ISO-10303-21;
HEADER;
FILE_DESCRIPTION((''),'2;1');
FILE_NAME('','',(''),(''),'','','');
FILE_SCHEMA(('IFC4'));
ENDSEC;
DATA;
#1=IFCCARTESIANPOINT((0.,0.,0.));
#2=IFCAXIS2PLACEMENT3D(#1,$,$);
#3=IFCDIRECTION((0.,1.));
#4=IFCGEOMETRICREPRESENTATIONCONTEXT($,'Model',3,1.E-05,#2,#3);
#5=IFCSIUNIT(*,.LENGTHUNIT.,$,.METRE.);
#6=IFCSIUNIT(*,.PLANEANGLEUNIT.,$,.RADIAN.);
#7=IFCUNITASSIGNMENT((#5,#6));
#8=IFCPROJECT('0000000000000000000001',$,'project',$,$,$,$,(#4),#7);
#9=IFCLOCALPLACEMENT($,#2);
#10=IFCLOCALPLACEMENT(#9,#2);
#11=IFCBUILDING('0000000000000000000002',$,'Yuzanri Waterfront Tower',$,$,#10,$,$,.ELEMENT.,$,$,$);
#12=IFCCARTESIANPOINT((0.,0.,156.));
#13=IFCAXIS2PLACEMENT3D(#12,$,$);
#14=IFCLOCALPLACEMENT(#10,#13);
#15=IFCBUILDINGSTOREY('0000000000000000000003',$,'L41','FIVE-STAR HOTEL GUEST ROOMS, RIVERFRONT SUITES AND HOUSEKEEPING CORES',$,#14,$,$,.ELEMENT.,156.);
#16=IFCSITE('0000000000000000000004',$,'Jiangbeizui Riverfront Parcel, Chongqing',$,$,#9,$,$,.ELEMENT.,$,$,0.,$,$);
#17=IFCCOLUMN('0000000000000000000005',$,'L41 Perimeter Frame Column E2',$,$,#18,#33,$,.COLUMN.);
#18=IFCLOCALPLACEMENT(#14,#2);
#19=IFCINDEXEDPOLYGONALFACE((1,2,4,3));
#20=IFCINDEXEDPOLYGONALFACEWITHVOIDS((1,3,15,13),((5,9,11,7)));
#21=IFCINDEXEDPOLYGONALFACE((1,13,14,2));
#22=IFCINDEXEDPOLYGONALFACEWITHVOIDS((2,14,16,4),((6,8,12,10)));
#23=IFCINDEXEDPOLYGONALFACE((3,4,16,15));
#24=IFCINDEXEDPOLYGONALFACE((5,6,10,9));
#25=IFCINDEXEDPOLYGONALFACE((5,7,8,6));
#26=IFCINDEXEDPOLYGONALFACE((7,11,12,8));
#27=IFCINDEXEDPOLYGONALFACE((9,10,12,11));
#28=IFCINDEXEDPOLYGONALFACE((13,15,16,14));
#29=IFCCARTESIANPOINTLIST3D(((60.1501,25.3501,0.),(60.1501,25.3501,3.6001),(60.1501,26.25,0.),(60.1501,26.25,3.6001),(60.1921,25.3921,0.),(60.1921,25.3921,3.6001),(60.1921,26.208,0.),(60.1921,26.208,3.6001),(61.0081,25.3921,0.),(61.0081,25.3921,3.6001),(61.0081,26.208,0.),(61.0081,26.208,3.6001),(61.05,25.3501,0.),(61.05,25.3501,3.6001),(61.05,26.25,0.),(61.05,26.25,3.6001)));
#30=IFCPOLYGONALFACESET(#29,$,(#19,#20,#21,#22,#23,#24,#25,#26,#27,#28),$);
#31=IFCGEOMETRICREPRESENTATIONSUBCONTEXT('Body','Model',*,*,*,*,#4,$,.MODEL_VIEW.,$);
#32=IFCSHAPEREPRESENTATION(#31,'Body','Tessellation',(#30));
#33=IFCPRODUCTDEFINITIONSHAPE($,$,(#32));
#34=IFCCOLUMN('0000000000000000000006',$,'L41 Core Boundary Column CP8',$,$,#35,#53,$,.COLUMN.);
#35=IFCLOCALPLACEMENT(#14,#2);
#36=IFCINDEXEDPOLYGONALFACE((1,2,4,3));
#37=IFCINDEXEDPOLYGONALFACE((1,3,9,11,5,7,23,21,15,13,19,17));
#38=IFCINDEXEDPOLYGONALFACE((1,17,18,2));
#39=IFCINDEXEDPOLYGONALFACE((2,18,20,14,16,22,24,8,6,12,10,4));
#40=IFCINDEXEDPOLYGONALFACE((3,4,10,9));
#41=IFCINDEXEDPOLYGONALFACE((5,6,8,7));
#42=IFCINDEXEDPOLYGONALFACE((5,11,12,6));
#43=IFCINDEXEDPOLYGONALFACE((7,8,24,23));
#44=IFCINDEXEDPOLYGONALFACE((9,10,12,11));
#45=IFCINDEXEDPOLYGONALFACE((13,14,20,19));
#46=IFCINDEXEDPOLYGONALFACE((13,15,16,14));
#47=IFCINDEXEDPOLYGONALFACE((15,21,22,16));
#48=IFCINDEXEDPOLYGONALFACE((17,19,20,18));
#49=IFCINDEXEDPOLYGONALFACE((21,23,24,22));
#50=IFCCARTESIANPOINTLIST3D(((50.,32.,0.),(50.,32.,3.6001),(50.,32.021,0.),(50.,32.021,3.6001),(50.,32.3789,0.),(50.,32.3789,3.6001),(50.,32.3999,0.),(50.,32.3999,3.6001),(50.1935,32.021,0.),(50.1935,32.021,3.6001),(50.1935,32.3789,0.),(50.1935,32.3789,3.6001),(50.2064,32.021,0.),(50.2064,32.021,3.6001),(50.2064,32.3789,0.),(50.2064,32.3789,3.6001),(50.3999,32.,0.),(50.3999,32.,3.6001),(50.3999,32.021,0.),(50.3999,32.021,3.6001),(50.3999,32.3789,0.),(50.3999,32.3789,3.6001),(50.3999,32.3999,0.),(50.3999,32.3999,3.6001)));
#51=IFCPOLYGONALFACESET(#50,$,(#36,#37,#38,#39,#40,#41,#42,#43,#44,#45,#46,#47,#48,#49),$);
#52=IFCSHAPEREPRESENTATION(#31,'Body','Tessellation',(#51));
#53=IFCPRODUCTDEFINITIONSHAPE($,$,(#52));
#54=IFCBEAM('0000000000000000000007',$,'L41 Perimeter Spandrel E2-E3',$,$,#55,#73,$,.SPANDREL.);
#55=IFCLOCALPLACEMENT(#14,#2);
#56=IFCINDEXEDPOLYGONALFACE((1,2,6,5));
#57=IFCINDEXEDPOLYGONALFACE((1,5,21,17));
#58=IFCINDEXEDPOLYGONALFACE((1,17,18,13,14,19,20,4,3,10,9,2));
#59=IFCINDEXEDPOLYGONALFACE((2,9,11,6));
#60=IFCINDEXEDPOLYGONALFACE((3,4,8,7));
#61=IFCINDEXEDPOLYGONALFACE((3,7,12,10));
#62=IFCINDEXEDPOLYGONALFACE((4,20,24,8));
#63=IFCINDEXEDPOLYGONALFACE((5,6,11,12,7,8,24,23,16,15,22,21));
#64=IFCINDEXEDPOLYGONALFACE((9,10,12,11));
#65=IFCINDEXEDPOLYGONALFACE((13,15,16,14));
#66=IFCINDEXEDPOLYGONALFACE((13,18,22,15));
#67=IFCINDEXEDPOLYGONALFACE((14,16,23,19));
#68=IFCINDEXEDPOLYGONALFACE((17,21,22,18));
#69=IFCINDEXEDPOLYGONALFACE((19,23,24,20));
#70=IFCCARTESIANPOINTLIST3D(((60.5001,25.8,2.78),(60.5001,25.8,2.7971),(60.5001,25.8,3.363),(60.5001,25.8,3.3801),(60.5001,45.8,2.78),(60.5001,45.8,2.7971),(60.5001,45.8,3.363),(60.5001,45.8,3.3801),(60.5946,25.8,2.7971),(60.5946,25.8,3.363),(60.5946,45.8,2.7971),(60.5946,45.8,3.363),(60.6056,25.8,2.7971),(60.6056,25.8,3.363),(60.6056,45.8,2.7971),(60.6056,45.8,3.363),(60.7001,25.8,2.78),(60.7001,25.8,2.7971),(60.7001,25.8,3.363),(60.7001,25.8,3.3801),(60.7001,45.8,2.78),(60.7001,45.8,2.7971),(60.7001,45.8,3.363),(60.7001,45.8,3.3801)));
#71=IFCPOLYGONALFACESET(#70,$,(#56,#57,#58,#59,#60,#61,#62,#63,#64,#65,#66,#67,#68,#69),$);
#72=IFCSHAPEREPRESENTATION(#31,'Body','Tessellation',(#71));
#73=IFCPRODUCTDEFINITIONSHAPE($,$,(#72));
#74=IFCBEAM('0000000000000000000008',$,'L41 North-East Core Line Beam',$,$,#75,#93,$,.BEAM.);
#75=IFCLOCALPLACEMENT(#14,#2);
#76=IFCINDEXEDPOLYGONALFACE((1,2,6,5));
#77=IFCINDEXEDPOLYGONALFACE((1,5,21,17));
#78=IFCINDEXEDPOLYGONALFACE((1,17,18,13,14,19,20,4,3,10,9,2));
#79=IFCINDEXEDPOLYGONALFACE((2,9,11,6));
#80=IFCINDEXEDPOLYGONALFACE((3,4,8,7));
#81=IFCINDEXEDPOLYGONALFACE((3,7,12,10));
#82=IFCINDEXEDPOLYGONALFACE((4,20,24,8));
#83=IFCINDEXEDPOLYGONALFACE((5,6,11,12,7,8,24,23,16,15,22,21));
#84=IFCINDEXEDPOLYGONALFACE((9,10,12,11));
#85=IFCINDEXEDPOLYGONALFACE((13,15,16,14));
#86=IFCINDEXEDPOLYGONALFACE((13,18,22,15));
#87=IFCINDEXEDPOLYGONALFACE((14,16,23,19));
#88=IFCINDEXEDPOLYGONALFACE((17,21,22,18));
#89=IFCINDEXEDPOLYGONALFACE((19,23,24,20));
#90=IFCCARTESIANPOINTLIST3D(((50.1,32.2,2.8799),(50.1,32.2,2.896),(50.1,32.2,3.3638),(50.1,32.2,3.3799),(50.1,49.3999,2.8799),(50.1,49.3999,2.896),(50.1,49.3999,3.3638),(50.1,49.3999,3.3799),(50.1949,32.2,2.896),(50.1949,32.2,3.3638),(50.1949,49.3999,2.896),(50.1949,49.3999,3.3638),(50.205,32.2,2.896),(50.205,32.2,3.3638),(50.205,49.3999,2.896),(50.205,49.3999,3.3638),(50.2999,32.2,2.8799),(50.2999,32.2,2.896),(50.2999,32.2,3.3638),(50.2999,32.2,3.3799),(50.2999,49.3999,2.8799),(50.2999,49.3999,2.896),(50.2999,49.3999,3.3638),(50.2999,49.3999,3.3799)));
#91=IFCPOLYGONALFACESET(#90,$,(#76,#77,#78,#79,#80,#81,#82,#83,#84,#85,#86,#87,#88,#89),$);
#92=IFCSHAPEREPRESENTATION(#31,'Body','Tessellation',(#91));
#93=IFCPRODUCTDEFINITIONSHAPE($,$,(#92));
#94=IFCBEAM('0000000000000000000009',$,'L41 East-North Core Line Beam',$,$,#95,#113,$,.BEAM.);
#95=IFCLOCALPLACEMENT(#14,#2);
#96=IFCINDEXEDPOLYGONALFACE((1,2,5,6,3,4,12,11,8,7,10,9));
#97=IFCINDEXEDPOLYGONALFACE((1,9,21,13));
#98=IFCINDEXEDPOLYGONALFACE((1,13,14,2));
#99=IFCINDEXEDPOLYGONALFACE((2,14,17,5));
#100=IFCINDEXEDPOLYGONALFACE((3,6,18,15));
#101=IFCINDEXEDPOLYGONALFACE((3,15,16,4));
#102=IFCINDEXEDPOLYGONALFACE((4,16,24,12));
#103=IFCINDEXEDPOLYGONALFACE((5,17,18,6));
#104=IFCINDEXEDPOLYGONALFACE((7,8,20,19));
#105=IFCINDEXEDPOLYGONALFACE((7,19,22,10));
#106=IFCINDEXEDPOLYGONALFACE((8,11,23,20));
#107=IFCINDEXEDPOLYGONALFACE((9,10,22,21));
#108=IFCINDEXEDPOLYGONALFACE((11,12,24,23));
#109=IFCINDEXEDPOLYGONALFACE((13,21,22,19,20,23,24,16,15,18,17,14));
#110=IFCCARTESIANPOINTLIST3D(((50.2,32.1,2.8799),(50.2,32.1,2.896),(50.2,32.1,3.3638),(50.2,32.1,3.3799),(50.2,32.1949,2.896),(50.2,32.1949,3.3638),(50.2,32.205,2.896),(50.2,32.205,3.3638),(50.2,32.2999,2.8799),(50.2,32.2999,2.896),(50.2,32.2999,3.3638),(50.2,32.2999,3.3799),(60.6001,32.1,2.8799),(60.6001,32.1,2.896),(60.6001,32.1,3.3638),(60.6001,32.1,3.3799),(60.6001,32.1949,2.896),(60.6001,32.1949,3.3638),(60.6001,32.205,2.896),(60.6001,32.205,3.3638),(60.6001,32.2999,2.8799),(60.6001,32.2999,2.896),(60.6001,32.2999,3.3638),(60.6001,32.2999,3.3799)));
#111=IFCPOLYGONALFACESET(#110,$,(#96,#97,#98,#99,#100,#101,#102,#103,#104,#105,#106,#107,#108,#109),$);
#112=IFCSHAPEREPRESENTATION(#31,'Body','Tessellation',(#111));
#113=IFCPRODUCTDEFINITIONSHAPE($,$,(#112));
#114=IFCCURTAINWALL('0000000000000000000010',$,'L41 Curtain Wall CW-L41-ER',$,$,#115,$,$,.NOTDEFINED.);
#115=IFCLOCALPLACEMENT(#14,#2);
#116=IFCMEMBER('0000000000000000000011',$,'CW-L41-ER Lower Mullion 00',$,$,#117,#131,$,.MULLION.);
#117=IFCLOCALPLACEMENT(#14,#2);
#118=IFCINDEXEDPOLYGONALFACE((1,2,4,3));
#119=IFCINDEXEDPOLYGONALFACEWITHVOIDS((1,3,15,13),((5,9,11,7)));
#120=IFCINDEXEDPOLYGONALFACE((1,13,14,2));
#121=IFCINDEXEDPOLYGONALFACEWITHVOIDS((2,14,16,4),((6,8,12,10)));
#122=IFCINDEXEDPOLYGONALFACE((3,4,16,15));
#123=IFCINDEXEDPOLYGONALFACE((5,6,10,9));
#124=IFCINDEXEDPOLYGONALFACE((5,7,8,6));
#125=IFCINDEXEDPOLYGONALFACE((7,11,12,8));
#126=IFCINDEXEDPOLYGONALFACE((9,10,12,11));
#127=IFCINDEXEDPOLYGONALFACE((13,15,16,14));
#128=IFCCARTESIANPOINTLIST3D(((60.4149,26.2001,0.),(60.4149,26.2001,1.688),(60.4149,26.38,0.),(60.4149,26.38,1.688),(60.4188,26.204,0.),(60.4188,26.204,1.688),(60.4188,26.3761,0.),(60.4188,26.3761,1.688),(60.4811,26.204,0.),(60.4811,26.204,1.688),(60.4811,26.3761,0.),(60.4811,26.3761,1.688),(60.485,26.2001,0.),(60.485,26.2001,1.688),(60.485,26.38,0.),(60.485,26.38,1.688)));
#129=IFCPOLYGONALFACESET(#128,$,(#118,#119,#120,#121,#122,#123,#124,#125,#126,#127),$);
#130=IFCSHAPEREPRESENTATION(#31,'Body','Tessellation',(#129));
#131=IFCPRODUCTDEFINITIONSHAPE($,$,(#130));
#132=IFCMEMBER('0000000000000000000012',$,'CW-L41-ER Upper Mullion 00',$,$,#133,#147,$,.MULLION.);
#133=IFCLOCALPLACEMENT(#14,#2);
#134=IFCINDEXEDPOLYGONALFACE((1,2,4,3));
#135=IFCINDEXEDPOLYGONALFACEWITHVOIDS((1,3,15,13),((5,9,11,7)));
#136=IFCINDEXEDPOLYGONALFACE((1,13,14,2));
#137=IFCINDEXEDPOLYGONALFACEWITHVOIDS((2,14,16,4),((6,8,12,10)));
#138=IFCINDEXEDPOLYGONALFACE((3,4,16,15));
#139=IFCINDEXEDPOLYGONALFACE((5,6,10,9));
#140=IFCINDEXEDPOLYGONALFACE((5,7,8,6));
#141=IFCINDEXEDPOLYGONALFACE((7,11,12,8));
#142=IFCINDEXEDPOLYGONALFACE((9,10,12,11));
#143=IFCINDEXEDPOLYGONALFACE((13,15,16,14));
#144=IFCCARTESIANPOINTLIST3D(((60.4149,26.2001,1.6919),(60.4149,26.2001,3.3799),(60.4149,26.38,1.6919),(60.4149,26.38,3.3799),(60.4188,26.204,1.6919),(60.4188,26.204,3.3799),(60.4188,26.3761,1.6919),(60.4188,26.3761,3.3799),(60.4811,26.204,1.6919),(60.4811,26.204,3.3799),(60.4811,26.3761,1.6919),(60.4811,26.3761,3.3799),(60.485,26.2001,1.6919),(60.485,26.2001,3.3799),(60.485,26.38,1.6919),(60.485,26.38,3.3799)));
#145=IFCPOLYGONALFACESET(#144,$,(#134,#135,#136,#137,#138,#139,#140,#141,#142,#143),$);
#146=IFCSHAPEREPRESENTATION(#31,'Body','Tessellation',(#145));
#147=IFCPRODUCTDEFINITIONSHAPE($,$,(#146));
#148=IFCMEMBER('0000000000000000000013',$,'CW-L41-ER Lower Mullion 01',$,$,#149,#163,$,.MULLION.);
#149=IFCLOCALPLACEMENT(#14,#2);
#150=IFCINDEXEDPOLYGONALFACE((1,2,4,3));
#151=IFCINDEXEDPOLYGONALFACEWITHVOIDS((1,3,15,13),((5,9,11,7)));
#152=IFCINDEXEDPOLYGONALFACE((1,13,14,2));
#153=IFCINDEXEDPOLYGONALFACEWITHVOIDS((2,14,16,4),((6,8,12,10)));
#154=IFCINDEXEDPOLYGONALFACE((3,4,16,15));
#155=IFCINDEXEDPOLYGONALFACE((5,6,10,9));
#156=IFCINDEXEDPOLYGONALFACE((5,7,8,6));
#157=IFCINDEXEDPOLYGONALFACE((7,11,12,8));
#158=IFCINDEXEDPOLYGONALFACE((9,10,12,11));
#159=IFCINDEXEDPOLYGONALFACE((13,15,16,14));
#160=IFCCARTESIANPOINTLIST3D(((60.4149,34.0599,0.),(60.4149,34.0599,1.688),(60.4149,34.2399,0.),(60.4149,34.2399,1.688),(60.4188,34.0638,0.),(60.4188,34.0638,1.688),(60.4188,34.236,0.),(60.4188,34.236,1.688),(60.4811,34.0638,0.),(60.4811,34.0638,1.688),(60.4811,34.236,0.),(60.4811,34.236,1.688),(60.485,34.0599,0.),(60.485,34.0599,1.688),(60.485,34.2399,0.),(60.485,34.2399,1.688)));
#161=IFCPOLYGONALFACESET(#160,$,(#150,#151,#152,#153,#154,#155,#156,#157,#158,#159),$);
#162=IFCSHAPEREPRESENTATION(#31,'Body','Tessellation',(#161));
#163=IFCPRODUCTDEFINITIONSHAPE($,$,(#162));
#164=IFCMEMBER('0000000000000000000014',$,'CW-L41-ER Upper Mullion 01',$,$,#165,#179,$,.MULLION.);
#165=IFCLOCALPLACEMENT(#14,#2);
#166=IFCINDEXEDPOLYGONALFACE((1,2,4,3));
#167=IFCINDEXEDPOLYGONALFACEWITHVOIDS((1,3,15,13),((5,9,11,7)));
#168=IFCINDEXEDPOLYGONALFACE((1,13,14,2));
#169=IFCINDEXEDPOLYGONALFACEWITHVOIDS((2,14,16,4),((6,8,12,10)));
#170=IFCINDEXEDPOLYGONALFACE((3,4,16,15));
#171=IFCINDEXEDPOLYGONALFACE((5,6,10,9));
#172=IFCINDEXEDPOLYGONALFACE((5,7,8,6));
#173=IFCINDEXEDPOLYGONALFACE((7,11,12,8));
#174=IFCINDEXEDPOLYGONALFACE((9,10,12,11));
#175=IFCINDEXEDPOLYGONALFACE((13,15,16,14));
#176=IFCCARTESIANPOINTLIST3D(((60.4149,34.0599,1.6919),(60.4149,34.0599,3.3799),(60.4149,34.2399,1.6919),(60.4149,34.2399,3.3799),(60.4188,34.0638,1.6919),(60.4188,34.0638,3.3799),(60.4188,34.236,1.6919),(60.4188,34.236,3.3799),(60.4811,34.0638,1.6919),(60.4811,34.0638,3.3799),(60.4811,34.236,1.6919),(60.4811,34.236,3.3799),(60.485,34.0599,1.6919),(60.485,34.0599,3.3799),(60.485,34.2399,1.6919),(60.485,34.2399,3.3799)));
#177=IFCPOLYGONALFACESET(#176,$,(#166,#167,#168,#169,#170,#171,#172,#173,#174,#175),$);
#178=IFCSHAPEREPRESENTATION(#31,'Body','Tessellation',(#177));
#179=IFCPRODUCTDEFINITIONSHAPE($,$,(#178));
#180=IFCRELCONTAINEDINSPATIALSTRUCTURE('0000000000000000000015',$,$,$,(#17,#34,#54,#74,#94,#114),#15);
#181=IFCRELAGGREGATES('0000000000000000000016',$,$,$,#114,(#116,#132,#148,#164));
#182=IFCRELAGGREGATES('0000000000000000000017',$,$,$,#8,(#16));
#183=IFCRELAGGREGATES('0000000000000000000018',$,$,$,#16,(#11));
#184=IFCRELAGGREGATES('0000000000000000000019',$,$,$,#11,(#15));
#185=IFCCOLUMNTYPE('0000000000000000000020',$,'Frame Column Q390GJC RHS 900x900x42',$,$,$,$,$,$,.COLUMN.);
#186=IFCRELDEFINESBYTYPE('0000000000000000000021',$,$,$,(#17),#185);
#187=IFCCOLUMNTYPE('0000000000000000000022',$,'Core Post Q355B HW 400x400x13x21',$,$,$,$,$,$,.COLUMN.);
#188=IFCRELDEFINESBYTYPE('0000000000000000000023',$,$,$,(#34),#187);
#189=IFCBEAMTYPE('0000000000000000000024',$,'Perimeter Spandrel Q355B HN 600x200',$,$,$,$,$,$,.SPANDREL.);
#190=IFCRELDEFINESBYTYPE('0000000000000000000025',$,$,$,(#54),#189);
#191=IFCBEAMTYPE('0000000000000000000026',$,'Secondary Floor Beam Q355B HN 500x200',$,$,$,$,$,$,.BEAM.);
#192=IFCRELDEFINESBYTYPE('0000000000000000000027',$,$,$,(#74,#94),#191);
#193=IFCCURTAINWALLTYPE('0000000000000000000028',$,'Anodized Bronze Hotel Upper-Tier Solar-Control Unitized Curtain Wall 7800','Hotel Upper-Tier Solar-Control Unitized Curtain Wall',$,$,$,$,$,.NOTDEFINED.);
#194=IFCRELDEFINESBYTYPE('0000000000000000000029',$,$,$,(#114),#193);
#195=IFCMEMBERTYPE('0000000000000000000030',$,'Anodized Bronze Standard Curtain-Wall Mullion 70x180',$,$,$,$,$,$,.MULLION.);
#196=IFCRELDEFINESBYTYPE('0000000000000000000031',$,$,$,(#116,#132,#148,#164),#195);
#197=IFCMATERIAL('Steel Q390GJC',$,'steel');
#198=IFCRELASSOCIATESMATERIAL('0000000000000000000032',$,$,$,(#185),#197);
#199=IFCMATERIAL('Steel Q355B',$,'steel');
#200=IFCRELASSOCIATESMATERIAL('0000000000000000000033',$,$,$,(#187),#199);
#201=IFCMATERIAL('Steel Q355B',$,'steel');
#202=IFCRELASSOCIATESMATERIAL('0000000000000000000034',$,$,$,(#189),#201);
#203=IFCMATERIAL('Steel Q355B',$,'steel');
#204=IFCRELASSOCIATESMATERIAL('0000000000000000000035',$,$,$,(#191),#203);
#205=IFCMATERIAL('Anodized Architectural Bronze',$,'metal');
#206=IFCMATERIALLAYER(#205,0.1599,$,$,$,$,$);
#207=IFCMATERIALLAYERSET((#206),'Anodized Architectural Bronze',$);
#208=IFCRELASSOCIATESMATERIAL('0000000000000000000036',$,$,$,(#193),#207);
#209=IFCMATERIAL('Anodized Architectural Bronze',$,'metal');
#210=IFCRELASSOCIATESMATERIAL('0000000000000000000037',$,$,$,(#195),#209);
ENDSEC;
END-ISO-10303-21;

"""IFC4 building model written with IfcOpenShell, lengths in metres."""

from ifc_helpers import new_model, si_unit, direction, frame, origin, origin_2d, place, context, subcontext, project, spatial, hollow_rectangle, i_section, extrude, source, transform, mapped, material, layer, layer_set, material_profile, profile_set, type_object, element, aggregate, save


model = new_model("IFC4")

# Units and contexts
model_context = context("Model", 3, precision=1e-05, world=origin(), true_north=direction((0.0, 1.0)))
body_context = subcontext(model_context, "Body", "Model", "MODEL_VIEW")
ifc_project = project(units=[si_unit("LENGTHUNIT", "METRE"), si_unit("PLANEANGLEUNIT", "RADIAN")], contexts=[model_context])

# Site, building, storey
site_placement = place(None, origin())
site = spatial("IfcSite", under=ifc_project, at=site_placement, Name="Jiangbeizui Riverfront Parcel, Chongqing", CompositionType="ELEMENT", RefElevation=0.0)
building_placement = place(site_placement, origin())
building = spatial("IfcBuilding", under=site, at=building_placement, Name="Yuzanri Waterfront Tower", CompositionType="ELEMENT")
storey_placement = place(building_placement, frame((0.0, 0.0, 156.0)))
storey = spatial("IfcBuildingStorey", under=building, at=storey_placement, Name="L41", Description="FIVE-STAR HOTEL GUEST ROOMS, RIVERFRONT SUITES AND HOUSEKEEPING CORES", CompositionType="ELEMENT", Elevation=156.0)

# Columns
ifc_material_1 = material(Name="Steel Q390GJC", Category="steel")
ifc_material_profile_1 = material_profile(ifc_material_1, hollow_rectangle(XDim=0.8999, YDim=0.8999, WallThickness=0.042, at=origin_2d()), Name="RHS 900x900x42")
ifc_profile_set_1 = profile_set([ifc_material_profile_1], Name="Steel Q390GJC")
column_type_1 = type_object("IfcColumnType", Name="Frame Column Q390GJC RHS 900x900x42", PredefinedType="COLUMN", material=ifc_profile_set_1)
shared_shape_1 = source(origin(), body_context, "Body", "SweptSolid", [
    extrude(hollow_rectangle(XDim=0.8999, YDim=0.8999, WallThickness=0.042, at=origin_2d()), origin(), (0.0, 0.0, 1.0), 3.6001),
])
column_1_placement = place(storey_placement, frame((60.6001, 25.8, 0.0), z_axis=(0.0, 0.0, 1.0), x_axis=(1.0, 0.0, 0.0)))
element("IfcColumn", 1, at=column_1_placement, inside=storey, type_object=column_type_1, Name="L41 Perimeter Frame Column E2", PredefinedType="COLUMN", context=body_context, shape_type="MappedRepresentation", body=[
    mapped(shared_shape_1, transform((0.0, 0.0, 0.0), scale=1.0)),
])
ifc_material_2 = material(Name="Steel Q355B", Category="steel")
ifc_material_profile_2 = material_profile(ifc_material_2, i_section(OverallWidth=0.3999, OverallDepth=0.3999, WebThickness=0.0129, FlangeThickness=0.021, at=origin_2d()), Name="HW 400x400x13x21")
ifc_profile_set_2 = profile_set([ifc_material_profile_2], Name="Steel Q355B")
column_type_2 = type_object("IfcColumnType", Name="Core Post Q355B HW 400x400x13x21", PredefinedType="COLUMN", material=ifc_profile_set_2)
shared_shape_2 = source(origin(), body_context, "Body", "SweptSolid", [
    extrude(i_section(OverallWidth=0.3999, OverallDepth=0.3999, WebThickness=0.0129, FlangeThickness=0.021, at=origin_2d()), origin(), (0.0, 0.0, 1.0), 3.6001),
])
column_2_placement = place(storey_placement, frame((50.2, 32.2, 0.0), z_axis=(0.0, 0.0, 1.0), x_axis=(1.0, 0.0, 0.0)))
element("IfcColumn", 2, at=column_2_placement, inside=storey, type_object=column_type_2, Name="L41 Core Boundary Column CP8", PredefinedType="COLUMN", context=body_context, shape_type="MappedRepresentation", body=[
    mapped(shared_shape_2, transform((0.0, 0.0, 0.0), scale=1.0)),
])

# Beams
ifc_material_3 = material(Name="Steel Q355B", Category="steel")
ifc_material_profile_3 = material_profile(ifc_material_3, i_section(OverallWidth=0.2, OverallDepth=0.6001, WebThickness=0.011, FlangeThickness=0.0171, at=origin_2d()), Name="HN 600x200x11x17")
ifc_profile_set_3 = profile_set([ifc_material_profile_3], Name="Steel Q355B")
beam_type_1 = type_object("IfcBeamType", Name="Perimeter Spandrel Q355B HN 600x200", PredefinedType="SPANDREL", material=ifc_profile_set_3)
shared_shape_3 = source(origin(), body_context, "Body", "SweptSolid", [
    extrude(i_section(OverallWidth=0.2, OverallDepth=0.6001, WebThickness=0.011, FlangeThickness=0.0171, at=origin_2d()), origin(), (0.0, 0.0, 1.0), 20.0),
])
beam_1_placement = place(storey_placement, frame((60.6001, 25.8, 3.0801), z_axis=(0.0, 1.0, 0.0), x_axis=(-1.0, 0.0, 0.0)))
element("IfcBeam", 3, at=beam_1_placement, inside=storey, type_object=beam_type_1, Name="L41 Perimeter Spandrel E2-E3", PredefinedType="SPANDREL", context=body_context, shape_type="MappedRepresentation", body=[
    mapped(shared_shape_3, transform((0.0, 0.0, 0.0), scale=1.0)),
])
ifc_material_4 = material(Name="Steel Q355B", Category="steel")
ifc_material_profile_4 = material_profile(ifc_material_4, i_section(OverallWidth=0.2, OverallDepth=0.5, WebThickness=0.01, FlangeThickness=0.0161, at=origin_2d()), Name="HN 500x200x10x16")
ifc_profile_set_4 = profile_set([ifc_material_profile_4], Name="Steel Q355B")
beam_type_2 = type_object("IfcBeamType", Name="Secondary Floor Beam Q355B HN 500x200", PredefinedType="BEAM", material=ifc_profile_set_4)
shared_shape_4 = source(origin(), body_context, "Body", "SweptSolid", [
    extrude(i_section(OverallWidth=0.2, OverallDepth=0.5, WebThickness=0.01, FlangeThickness=0.0161, at=origin_2d()), origin(), (0.0, 0.0, 1.0), 17.2),
])
beam_2_placement = place(storey_placement, frame((50.2, 32.2, 3.1299), z_axis=(0.0, 1.0, 0.0), x_axis=(-1.0, 0.0, 0.0)))
element("IfcBeam", 4, at=beam_2_placement, inside=storey, type_object=beam_type_2, Name="L41 North-East Core Line Beam", PredefinedType="BEAM", context=body_context, shape_type="MappedRepresentation", body=[
    mapped(shared_shape_4, transform((0.0, 0.0, 0.0), scale=1.0)),
])
shared_shape_5 = source(origin(), body_context, "Body", "SweptSolid", [
    extrude(i_section(OverallWidth=0.2, OverallDepth=0.5, WebThickness=0.01, FlangeThickness=0.0161, at=origin_2d()), origin(), (0.0, 0.0, 1.0), 10.4001),
])
beam_3_placement = place(storey_placement, frame((50.2, 32.2, 3.1299), z_axis=(1.0, 0.0, 0.0), x_axis=(0.0, 1.0, 0.0)))
element("IfcBeam", 5, at=beam_3_placement, inside=storey, type_object=beam_type_2, Name="L41 East-North Core Line Beam", PredefinedType="BEAM", context=body_context, shape_type="MappedRepresentation", body=[
    mapped(shared_shape_5, transform((0.0, 0.0, 0.0), scale=1.0)),
])

# Curtain wall, members
ifc_material_5 = material(Name="Anodized Architectural Bronze", Category="metal")
ifc_layer_1 = layer(ifc_material_5, 0.1599)
ifc_layer_set_1 = layer_set([ifc_layer_1], Name="Anodized Architectural Bronze")
curtain_wall_type = type_object("IfcCurtainWallType", Name="Anodized Bronze Hotel Upper-Tier Solar-Control Unitized Curtain Wall 7800", Description="Hotel Upper-Tier Solar-Control Unitized Curtain Wall", PredefinedType="NOTDEFINED", material=ifc_layer_set_1)
curtain_wall_placement = place(storey_placement, origin())
curtain_wall = element("IfcCurtainWall", 6, at=curtain_wall_placement, inside=storey, type_object=curtain_wall_type, Name="L41 Curtain Wall CW-L41-ER", PredefinedType="NOTDEFINED")
ifc_material_6 = material(Name="Anodized Architectural Bronze", Category="metal")
ifc_material_profile_5 = material_profile(ifc_material_6, hollow_rectangle(XDim=0.0701, YDim=0.1799, WallThickness=0.0039, at=origin_2d()), Name="CWM 70x180")
ifc_profile_set_5 = profile_set([ifc_material_profile_5], Name="Anodized Architectural Bronze")
member_type_1 = type_object("IfcMemberType", Name="Anodized Bronze Standard Curtain-Wall Mullion 70x180", PredefinedType="MULLION", material=ifc_profile_set_5)
shared_shape_6 = source(origin(), body_context, "Body", "SweptSolid", [
    extrude(hollow_rectangle(XDim=0.0701, YDim=0.1799, WallThickness=0.0039, at=origin_2d()), origin(), (0.0, 0.0, 1.0), 1.688),
])
member_1_placement = place(storey_placement, frame((60.45, 26.29, 0.0), z_axis=(0.0, 0.0, 1.0), x_axis=(1.0, 0.0, 0.0)))
member_1 = element("IfcMember", 7, at=member_1_placement, type_object=member_type_1, Name="CW-L41-ER Lower Mullion 00", PredefinedType="MULLION", context=body_context, shape_type="MappedRepresentation", body=[
    mapped(shared_shape_6, transform((0.0, 0.0, 0.0), scale=1.0)),
])
member_2_placement = place(storey_placement, frame((60.45, 26.29, 1.6919), z_axis=(0.0, 0.0, 1.0), x_axis=(1.0, 0.0, 0.0)))
member_2 = element("IfcMember", 8, at=member_2_placement, type_object=member_type_1, Name="CW-L41-ER Upper Mullion 00", PredefinedType="MULLION", context=body_context, shape_type="MappedRepresentation", body=[
    mapped(shared_shape_6, transform((0.0, 0.0, 0.0), scale=1.0)),
])
member_3_placement = place(storey_placement, frame((60.45, 34.1499, 0.0), z_axis=(0.0, 0.0, 1.0), x_axis=(1.0, 0.0, 0.0)))
member_3 = element("IfcMember", 9, at=member_3_placement, type_object=member_type_1, Name="CW-L41-ER Lower Mullion 01", PredefinedType="MULLION", context=body_context, shape_type="MappedRepresentation", body=[
    mapped(shared_shape_6, transform((0.0, 0.0, 0.0), scale=1.0)),
])
member_4_placement = place(storey_placement, frame((60.45, 34.1499, 1.6919), z_axis=(0.0, 0.0, 1.0), x_axis=(1.0, 0.0, 0.0)))
member_4 = element("IfcMember", 10, at=member_4_placement, type_object=member_type_1, Name="CW-L41-ER Upper Mullion 01", PredefinedType="MULLION", context=body_context, shape_type="MappedRepresentation", body=[
    mapped(shared_shape_6, transform((0.0, 0.0, 0.0), scale=1.0)),
])
aggregate(curtain_wall, [member_1, member_2, member_3, member_4])

save(model, "model.ifc")
